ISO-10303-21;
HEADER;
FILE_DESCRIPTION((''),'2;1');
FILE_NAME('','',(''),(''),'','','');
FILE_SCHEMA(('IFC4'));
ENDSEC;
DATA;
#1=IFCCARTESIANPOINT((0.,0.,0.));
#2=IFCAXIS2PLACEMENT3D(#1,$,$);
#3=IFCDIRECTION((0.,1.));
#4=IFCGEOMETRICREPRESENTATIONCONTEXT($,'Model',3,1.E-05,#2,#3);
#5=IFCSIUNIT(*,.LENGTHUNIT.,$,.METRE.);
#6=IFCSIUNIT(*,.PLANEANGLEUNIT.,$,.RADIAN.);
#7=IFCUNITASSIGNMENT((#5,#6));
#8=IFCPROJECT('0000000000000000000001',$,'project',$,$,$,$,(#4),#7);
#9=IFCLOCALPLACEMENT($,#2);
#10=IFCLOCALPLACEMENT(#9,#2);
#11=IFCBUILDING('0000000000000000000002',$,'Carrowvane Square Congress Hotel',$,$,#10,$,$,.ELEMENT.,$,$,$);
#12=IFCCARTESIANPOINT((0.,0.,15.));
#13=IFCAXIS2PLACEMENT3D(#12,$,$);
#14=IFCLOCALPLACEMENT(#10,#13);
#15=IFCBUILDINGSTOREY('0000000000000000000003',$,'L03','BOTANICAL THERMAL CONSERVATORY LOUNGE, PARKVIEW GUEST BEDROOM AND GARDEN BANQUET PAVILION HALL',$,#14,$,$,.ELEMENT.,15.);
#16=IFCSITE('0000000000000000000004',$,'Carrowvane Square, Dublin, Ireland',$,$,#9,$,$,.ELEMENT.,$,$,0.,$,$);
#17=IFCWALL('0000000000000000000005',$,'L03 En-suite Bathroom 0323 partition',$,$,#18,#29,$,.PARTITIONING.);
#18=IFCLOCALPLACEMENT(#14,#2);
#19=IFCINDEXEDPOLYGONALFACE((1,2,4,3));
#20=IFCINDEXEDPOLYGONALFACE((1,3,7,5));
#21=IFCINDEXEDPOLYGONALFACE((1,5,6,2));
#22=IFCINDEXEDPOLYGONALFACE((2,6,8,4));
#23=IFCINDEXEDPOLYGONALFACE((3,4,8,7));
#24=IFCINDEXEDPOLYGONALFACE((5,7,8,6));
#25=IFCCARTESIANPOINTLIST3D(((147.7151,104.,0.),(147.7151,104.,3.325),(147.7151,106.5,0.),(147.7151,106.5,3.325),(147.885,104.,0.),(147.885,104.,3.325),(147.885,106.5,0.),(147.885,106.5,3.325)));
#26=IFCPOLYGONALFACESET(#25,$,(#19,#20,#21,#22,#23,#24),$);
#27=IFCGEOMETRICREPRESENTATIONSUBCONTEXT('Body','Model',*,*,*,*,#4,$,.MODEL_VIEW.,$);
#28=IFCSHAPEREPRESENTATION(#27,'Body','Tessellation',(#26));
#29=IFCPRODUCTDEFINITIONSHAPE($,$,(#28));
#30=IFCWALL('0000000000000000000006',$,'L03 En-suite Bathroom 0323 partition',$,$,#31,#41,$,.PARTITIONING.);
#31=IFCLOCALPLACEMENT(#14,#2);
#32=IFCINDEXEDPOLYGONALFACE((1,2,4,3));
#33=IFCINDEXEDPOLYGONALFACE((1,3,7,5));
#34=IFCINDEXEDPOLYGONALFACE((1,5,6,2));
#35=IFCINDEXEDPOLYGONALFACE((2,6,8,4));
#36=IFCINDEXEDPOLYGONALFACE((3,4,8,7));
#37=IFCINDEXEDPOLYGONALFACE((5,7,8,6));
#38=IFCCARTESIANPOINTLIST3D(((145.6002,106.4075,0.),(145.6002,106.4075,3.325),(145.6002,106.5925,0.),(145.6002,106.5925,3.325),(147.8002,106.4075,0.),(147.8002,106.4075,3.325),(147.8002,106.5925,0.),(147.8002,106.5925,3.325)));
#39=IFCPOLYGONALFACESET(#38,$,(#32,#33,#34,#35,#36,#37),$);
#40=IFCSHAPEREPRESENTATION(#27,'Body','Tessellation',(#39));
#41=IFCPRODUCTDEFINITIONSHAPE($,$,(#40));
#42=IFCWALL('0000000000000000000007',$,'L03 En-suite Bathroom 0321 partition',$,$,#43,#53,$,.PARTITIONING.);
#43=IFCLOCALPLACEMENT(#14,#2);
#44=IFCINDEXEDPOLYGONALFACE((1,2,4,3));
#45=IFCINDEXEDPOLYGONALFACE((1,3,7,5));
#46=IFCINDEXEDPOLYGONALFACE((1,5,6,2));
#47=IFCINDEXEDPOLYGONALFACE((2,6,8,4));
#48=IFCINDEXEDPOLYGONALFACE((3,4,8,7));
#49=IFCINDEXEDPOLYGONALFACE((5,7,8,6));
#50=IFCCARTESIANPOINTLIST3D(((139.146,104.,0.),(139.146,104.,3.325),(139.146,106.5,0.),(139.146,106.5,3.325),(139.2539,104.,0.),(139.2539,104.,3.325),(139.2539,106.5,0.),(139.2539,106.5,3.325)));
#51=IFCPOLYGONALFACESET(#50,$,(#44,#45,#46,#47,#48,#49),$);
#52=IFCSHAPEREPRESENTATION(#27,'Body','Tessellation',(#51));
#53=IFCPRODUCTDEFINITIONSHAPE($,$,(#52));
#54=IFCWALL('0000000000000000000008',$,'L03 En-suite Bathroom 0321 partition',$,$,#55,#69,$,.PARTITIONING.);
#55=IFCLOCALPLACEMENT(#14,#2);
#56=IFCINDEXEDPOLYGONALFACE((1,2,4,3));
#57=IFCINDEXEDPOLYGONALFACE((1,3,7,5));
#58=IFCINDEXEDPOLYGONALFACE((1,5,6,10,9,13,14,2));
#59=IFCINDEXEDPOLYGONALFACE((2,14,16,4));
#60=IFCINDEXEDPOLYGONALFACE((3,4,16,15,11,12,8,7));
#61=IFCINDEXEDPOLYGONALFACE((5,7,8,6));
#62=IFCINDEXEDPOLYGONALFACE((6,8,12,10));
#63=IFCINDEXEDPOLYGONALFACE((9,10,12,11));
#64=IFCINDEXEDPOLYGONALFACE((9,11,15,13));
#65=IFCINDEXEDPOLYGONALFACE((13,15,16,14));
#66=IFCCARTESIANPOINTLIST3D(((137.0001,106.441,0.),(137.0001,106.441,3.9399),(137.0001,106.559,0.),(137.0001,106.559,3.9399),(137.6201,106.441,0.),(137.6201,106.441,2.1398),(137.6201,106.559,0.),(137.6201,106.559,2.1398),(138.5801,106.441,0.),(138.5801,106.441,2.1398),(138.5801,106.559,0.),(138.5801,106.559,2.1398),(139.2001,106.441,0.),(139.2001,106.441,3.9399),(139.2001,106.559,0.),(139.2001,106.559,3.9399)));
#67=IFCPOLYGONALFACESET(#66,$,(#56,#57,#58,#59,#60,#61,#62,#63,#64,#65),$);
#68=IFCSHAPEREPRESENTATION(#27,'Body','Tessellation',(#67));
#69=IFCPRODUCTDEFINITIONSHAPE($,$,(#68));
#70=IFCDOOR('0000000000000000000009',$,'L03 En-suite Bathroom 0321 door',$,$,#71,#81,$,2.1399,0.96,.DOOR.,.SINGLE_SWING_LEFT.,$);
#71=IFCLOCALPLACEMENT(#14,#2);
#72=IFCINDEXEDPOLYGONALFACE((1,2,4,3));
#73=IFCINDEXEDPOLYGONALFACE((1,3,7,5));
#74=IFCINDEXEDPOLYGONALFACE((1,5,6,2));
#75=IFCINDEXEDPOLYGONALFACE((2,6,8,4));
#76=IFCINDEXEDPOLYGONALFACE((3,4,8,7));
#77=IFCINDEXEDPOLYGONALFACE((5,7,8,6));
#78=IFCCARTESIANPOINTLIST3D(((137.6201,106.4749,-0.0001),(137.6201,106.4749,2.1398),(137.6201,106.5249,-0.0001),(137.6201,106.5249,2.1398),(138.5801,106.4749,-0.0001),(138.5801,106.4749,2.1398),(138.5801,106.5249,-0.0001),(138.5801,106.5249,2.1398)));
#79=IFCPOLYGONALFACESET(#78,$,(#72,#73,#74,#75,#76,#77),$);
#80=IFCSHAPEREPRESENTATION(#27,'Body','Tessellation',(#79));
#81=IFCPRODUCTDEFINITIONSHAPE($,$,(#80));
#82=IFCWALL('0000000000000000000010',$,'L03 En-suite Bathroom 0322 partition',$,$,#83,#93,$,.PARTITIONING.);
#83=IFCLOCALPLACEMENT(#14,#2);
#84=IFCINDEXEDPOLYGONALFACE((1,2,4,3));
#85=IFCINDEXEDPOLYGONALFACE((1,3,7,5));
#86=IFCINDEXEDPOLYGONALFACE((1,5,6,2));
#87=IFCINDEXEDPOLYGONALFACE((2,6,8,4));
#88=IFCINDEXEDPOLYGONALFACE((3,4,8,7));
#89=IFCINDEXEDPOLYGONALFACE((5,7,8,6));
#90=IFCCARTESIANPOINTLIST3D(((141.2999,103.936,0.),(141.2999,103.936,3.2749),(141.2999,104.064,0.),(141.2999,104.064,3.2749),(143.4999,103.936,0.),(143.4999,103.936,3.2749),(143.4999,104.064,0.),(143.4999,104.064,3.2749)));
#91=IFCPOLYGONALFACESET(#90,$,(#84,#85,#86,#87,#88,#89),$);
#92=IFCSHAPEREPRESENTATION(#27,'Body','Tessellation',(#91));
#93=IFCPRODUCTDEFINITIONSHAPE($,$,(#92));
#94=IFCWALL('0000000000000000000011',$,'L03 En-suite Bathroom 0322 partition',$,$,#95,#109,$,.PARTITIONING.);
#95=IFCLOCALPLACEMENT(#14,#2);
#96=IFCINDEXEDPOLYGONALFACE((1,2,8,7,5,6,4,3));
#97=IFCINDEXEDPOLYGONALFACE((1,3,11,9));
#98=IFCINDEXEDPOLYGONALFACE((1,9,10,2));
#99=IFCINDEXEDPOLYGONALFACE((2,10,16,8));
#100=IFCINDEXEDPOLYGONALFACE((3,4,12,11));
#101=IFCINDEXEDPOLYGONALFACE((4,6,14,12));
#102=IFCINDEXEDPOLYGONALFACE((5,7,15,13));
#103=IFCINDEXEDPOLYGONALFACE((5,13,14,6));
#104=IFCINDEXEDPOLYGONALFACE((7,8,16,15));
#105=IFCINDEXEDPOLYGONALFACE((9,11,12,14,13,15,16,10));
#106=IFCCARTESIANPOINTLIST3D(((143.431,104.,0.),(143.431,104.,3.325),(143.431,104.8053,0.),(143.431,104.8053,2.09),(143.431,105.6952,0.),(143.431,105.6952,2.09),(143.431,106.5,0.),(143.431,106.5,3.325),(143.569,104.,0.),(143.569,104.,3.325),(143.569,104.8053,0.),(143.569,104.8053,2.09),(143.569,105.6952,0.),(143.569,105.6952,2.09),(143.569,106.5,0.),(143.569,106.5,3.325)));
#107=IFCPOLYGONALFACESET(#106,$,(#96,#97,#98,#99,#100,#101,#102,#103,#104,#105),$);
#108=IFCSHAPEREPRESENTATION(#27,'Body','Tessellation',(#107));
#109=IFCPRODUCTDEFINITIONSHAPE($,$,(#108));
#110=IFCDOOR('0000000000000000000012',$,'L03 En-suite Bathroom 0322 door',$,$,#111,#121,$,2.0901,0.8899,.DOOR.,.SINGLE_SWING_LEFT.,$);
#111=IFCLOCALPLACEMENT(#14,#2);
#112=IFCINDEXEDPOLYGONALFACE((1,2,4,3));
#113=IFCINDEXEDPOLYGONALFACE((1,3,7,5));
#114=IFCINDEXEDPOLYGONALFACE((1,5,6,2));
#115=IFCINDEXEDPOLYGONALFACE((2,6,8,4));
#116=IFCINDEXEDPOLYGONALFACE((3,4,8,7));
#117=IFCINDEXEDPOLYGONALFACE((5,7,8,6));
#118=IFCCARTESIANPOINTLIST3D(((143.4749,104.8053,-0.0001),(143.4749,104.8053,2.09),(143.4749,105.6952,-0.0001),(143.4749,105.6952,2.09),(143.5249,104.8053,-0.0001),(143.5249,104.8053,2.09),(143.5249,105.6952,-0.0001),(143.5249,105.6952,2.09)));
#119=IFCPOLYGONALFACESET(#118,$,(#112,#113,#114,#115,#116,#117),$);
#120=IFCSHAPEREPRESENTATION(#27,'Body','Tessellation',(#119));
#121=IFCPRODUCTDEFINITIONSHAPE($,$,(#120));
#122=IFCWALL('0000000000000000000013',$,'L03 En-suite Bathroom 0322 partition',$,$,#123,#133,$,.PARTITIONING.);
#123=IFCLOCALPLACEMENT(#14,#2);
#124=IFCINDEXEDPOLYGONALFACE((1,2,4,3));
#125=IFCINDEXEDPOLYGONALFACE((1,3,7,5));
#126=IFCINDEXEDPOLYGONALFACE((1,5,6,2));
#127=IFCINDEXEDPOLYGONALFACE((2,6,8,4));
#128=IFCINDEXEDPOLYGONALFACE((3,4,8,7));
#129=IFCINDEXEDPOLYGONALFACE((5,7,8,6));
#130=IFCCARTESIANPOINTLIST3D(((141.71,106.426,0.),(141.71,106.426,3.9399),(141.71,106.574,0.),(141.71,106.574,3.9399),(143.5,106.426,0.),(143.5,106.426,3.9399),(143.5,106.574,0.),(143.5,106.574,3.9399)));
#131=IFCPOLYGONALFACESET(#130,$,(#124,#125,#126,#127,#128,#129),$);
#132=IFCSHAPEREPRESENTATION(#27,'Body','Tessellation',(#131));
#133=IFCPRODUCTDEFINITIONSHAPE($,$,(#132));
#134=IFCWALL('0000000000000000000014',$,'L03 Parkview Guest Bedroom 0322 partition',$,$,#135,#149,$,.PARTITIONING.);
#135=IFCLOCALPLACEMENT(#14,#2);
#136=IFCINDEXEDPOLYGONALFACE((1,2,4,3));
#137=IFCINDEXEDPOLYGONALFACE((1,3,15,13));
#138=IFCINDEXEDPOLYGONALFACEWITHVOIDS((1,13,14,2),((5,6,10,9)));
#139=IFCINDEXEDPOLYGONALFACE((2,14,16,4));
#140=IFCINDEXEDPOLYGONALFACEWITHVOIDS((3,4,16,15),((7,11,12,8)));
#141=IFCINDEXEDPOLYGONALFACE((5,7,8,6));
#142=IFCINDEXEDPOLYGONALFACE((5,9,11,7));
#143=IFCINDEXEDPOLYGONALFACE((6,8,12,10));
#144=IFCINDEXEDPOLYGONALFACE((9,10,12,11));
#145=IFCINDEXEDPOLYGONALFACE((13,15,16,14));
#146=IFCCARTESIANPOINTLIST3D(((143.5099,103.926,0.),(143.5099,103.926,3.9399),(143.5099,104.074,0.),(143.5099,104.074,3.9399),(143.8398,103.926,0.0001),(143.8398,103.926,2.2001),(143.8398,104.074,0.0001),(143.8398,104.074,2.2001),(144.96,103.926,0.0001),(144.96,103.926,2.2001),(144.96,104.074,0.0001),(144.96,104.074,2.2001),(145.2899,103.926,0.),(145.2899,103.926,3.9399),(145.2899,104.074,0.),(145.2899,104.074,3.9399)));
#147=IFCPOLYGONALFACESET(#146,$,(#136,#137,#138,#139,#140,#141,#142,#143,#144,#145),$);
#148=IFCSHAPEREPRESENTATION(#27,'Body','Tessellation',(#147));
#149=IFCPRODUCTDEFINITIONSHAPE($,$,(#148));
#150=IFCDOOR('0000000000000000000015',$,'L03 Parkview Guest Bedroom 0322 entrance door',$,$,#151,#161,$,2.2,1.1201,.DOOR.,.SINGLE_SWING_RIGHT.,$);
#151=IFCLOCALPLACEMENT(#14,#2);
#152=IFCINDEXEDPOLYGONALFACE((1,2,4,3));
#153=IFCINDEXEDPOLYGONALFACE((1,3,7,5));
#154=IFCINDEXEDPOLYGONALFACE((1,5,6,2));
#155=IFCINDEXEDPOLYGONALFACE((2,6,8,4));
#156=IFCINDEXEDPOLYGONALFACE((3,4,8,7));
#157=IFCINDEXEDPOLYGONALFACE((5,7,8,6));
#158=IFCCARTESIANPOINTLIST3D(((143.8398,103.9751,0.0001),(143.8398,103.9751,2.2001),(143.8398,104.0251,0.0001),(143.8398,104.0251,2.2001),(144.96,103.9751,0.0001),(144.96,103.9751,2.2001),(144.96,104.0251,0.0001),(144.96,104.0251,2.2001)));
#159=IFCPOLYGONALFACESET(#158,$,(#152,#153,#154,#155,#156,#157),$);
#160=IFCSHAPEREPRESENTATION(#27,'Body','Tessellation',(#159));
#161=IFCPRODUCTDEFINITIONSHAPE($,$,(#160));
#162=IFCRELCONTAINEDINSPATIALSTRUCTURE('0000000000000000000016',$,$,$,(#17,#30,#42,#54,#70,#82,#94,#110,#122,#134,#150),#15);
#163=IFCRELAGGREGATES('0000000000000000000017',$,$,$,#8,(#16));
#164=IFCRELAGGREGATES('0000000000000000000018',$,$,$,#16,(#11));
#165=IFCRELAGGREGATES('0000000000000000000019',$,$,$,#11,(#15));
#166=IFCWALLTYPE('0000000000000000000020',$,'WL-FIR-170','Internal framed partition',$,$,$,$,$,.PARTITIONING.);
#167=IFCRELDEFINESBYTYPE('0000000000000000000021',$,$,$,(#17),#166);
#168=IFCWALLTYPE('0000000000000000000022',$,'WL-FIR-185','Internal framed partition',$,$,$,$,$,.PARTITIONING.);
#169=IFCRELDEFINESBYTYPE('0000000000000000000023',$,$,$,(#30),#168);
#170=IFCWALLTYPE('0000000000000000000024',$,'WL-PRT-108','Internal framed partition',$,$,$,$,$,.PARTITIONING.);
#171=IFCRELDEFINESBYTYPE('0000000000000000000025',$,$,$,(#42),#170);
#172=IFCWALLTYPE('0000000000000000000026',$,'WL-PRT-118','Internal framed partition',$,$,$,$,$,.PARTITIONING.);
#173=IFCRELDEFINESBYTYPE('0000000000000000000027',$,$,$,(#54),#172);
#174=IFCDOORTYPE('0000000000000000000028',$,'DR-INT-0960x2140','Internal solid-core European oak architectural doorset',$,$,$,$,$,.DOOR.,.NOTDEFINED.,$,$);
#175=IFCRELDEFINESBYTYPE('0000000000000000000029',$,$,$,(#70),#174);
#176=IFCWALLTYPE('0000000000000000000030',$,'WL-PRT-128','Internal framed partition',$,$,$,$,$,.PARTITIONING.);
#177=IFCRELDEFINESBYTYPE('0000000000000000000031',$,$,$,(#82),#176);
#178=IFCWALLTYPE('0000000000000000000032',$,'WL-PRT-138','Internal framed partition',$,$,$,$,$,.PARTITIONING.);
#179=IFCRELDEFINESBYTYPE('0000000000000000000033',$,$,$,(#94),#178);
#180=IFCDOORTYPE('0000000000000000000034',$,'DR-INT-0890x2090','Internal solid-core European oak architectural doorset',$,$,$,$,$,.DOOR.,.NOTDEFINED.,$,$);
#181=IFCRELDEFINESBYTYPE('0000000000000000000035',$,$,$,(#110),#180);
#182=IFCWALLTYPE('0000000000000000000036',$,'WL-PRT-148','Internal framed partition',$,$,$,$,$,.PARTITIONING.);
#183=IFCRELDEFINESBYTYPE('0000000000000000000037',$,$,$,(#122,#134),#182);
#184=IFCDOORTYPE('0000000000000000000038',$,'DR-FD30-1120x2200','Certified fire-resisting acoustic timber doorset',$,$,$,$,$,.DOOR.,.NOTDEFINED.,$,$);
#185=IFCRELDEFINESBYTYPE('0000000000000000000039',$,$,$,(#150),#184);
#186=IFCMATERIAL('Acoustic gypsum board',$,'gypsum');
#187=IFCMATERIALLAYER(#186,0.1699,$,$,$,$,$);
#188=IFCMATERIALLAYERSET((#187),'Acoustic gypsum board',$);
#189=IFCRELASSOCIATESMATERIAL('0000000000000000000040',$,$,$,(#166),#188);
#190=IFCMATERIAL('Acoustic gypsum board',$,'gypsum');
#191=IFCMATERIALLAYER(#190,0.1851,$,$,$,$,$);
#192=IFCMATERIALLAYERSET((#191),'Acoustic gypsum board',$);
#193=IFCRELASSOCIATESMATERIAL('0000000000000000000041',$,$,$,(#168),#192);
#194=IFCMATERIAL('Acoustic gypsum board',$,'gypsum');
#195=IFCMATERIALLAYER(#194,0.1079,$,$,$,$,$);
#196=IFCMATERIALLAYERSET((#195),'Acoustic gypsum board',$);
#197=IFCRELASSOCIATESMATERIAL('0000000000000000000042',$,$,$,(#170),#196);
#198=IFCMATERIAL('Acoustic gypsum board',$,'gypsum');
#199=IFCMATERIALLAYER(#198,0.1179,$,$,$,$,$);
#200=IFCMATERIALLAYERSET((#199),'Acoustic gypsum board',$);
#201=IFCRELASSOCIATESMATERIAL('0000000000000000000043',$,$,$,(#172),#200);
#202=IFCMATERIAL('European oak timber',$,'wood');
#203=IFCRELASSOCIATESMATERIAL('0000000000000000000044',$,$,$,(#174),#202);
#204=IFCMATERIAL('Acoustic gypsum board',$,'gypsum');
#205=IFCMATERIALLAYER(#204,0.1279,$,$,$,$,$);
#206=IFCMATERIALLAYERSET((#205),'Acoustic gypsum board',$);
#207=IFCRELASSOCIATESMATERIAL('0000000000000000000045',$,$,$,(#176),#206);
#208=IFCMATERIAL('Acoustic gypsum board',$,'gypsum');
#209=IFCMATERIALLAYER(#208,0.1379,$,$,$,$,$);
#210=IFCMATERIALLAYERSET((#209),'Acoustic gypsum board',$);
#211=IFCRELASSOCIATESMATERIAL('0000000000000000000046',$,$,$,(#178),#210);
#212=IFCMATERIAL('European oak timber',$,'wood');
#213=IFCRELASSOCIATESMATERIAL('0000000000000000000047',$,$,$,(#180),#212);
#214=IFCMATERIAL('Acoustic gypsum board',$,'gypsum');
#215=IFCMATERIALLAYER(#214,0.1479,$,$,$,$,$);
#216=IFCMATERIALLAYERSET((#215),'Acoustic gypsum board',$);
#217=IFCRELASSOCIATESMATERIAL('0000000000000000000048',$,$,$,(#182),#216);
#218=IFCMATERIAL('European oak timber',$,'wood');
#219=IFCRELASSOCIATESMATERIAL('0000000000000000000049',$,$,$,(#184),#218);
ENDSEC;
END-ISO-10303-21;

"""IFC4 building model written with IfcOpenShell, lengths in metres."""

from ifc_helpers import new_model, si_unit, direction, frame, frame_2d, origin, place, context, subcontext, project, spatial, rectangle, extrude, material, layer, layer_set, type_object, element, fill, save


model = new_model("IFC4")

# Units and contexts
model_context = context("Model", 3, precision=1e-05, world=origin(), true_north=direction((0.0, 1.0)))
body_context = subcontext(model_context, "Body", "Model", "MODEL_VIEW")
ifc_project = project(units=[si_unit("LENGTHUNIT", "METRE"), si_unit("PLANEANGLEUNIT", "RADIAN")], contexts=[model_context])

# Site, building, storey
site_placement = place(None, origin())
site = spatial("IfcSite", under=ifc_project, at=site_placement, Name="Carrowvane Square, Dublin, Ireland", CompositionType="ELEMENT", RefElevation=0.0)
building_placement = place(site_placement, origin())
building = spatial("IfcBuilding", under=site, at=building_placement, Name="Carrowvane Square Congress Hotel", CompositionType="ELEMENT")
storey_placement = place(building_placement, frame((0.0, 0.0, 15.0)))
storey = spatial("IfcBuildingStorey", under=building, at=storey_placement, Name="L03", Description="BOTANICAL THERMAL CONSERVATORY LOUNGE, PARKVIEW GUEST BEDROOM AND GARDEN BANQUET PAVILION HALL", CompositionType="ELEMENT", Elevation=15.0)

# Walls
ifc_material_1 = material(Name="Acoustic gypsum board", Category="gypsum")
ifc_layer_1 = layer(ifc_material_1, 0.1699)
ifc_layer_set_1 = layer_set([ifc_layer_1], Name="Acoustic gypsum board")
wall_type_1 = type_object("IfcWallType", Name="WL-FIR-170", Description="Internal framed partition", PredefinedType="PARTITIONING", material=ifc_layer_set_1)
for number, where, z_axis, x_axis, name in (
    (1, (147.8, 106.5, 0.0), (0.0, 0.0, 1.0), (0.0, -1.0, 0.0), "L03 En-suite Bathroom 0323 partition"),
):
    element("IfcWall", number, at=place(storey_placement, frame(where, z_axis=z_axis, x_axis=x_axis)), inside=storey, type_object=wall_type_1, Name=name, PredefinedType="PARTITIONING", context=body_context, shape_type="SweptSolid", body=[
        extrude(rectangle(XDim=2.5, YDim=0.1699, at=frame_2d((1.25, 0.0))), origin(), (0.0, 0.0, 1.0), 3.325),
    ])
ifc_material_2 = material(Name="Acoustic gypsum board", Category="gypsum")
ifc_layer_2 = layer(ifc_material_2, 0.1851)
ifc_layer_set_2 = layer_set([ifc_layer_2], Name="Acoustic gypsum board")
wall_type_2 = type_object("IfcWallType", Name="WL-FIR-185", Description="Internal framed partition", PredefinedType="PARTITIONING", material=ifc_layer_set_2)
wall_1_placement = place(storey_placement, frame((145.6001, 106.5, 0.0), z_axis=(0.0, 0.0, 1.0), x_axis=(1.0, 0.0, 0.0)))
element("IfcWall", 2, at=wall_1_placement, inside=storey, type_object=wall_type_2, Name="L03 En-suite Bathroom 0323 partition", PredefinedType="PARTITIONING", context=body_context, shape_type="SweptSolid", body=[
    extrude(rectangle(XDim=2.2, YDim=0.1851, at=frame_2d((1.1001, 0.0))), origin(), (0.0, 0.0, 1.0), 3.325),
])
ifc_material_3 = material(Name="Acoustic gypsum board", Category="gypsum")
ifc_layer_3 = layer(ifc_material_3, 0.1079)
ifc_layer_set_3 = layer_set([ifc_layer_3], Name="Acoustic gypsum board")
wall_type_3 = type_object("IfcWallType", Name="WL-PRT-108", Description="Internal framed partition", PredefinedType="PARTITIONING", material=ifc_layer_set_3)
wall_2_placement = place(storey_placement, frame((139.2, 106.5, 0.0), z_axis=(0.0, 0.0, 1.0), x_axis=(0.0, -1.0, 0.0)))
element("IfcWall", 3, at=wall_2_placement, inside=storey, type_object=wall_type_3, Name="L03 En-suite Bathroom 0321 partition", PredefinedType="PARTITIONING", context=body_context, shape_type="SweptSolid", body=[
    extrude(rectangle(XDim=2.5, YDim=0.1079, at=frame_2d((1.25, 0.0))), origin(), (0.0, 0.0, 1.0), 3.325),
])

# Wall, opening, door
ifc_material_4 = material(Name="Acoustic gypsum board", Category="gypsum")
ifc_layer_4 = layer(ifc_material_4, 0.1179)
ifc_layer_set_4 = layer_set([ifc_layer_4], Name="Acoustic gypsum board")
wall_type_4 = type_object("IfcWallType", Name="WL-PRT-118", Description="Internal framed partition", PredefinedType="PARTITIONING", material=ifc_layer_set_4)
wall_3_placement = place(storey_placement, frame((137.0, 106.5, 0.0), z_axis=(0.0, 0.0, 1.0), x_axis=(1.0, 0.0, 0.0)))
wall_3 = element("IfcWall", 4, at=wall_3_placement, inside=storey, type_object=wall_type_4, Name="L03 En-suite Bathroom 0321 partition", PredefinedType="PARTITIONING", context=body_context, shape_type="SweptSolid", body=[
    extrude(rectangle(XDim=2.2, YDim=0.1179, at=frame_2d((1.1001, 0.0))), origin(), (0.0, 0.0, 1.0), 3.9399),
])
opening_1_placement = place(wall_3_placement, frame((0.6201, 0.0, 0.0)))
opening_1 = element("IfcOpeningElement", 5, at=opening_1_placement, cuts=wall_3, PredefinedType="OPENING", context=body_context, shape_type="SweptSolid", body=[
    extrude(rectangle(XDim=0.96, YDim=2.1399, at=frame_2d((0.48, 1.0698))), frame((0.0, 0.0688, 0.0), z_axis=(0.0, -1.0, 0.0), x_axis=(1.0, 0.0, 0.0)), (0.0, 0.0, 1.0), 0.1379),
])
ifc_material_5 = material(Name="European oak timber", Category="wood")
door_type_1 = type_object("IfcDoorType", Name="DR-INT-0960x2140", Description="Internal solid-core European oak architectural doorset", OperationType="NOTDEFINED", PredefinedType="DOOR", material=ifc_material_5)
door_1_placement = place(opening_1_placement, origin())
door_1 = element("IfcDoor", 6, at=door_1_placement, inside=storey, type_object=door_type_1, Name="L03 En-suite Bathroom 0321 door", OperationType="SINGLE_SWING_LEFT", OverallHeight=2.1399, OverallWidth=0.96, PredefinedType="DOOR", context=body_context, shape_type="SweptSolid", body=[
    extrude(rectangle(XDim=0.96, YDim=2.1399, at=frame_2d((0.48, 1.0698))), frame((0.0, 0.0249, 0.0), z_axis=(0.0, -1.0, 0.0), x_axis=(1.0, 0.0, 0.0)), (0.0, 0.0, 1.0), 0.05),
])
fill(opening_1, door_1)

# Wall
ifc_material_6 = material(Name="Acoustic gypsum board", Category="gypsum")
ifc_layer_5 = layer(ifc_material_6, 0.1279)
ifc_layer_set_5 = layer_set([ifc_layer_5], Name="Acoustic gypsum board")
wall_type_5 = type_object("IfcWallType", Name="WL-PRT-128", Description="Internal framed partition", PredefinedType="PARTITIONING", material=ifc_layer_set_5)
wall_4_placement = place(storey_placement, frame((143.5, 104.0, 0.0), z_axis=(0.0, 0.0, 1.0), x_axis=(-1.0, 0.0, 0.0)))
element("IfcWall", 7, at=wall_4_placement, inside=storey, type_object=wall_type_5, Name="L03 En-suite Bathroom 0322 partition", PredefinedType="PARTITIONING", context=body_context, shape_type="SweptSolid", body=[
    extrude(rectangle(XDim=2.2, YDim=0.1279, at=frame_2d((1.1001, 0.0))), origin(), (0.0, 0.0, 1.0), 3.2749),
])

# Wall, opening, door
ifc_material_7 = material(Name="Acoustic gypsum board", Category="gypsum")
ifc_layer_6 = layer(ifc_material_7, 0.1379)
ifc_layer_set_6 = layer_set([ifc_layer_6], Name="Acoustic gypsum board")
wall_type_6 = type_object("IfcWallType", Name="WL-PRT-138", Description="Internal framed partition", PredefinedType="PARTITIONING", material=ifc_layer_set_6)
wall_5_placement = place(storey_placement, frame((143.5, 106.5, 0.0), z_axis=(0.0, 0.0, 1.0), x_axis=(0.0, -1.0, 0.0)))
wall_5 = element("IfcWall", 8, at=wall_5_placement, inside=storey, type_object=wall_type_6, Name="L03 En-suite Bathroom 0322 partition", PredefinedType="PARTITIONING", context=body_context, shape_type="SweptSolid", body=[
    extrude(rectangle(XDim=2.5, YDim=0.1379, at=frame_2d((1.25, 0.0))), origin(), (0.0, 0.0, 1.0), 3.325),
])
opening_2_placement = place(wall_5_placement, frame((0.8049, 0.0, 0.0)))
opening_2 = element("IfcOpeningElement", 9, at=opening_2_placement, cuts=wall_5, PredefinedType="OPENING", context=body_context, shape_type="SweptSolid", body=[
    extrude(rectangle(XDim=0.8899, YDim=2.0901, at=frame_2d((0.4448, 1.0449))), frame((0.0, 0.0789, 0.0), z_axis=(0.0, -1.0, 0.0), x_axis=(1.0, 0.0, 0.0)), (0.0, 0.0, 1.0), 0.158),
])
ifc_material_8 = material(Name="European oak timber", Category="wood")
door_type_2 = type_object("IfcDoorType", Name="DR-INT-0890x2090", Description="Internal solid-core European oak architectural doorset", OperationType="NOTDEFINED", PredefinedType="DOOR", material=ifc_material_8)
door_2_placement = place(opening_2_placement, origin())
door_2 = element("IfcDoor", 10, at=door_2_placement, inside=storey, type_object=door_type_2, Name="L03 En-suite Bathroom 0322 door", OperationType="SINGLE_SWING_LEFT", OverallHeight=2.0901, OverallWidth=0.8899, PredefinedType="DOOR", context=body_context, shape_type="SweptSolid", body=[
    extrude(rectangle(XDim=0.8899, YDim=2.0901, at=frame_2d((0.4448, 1.0449))), frame((0.0, 0.0249, 0.0), z_axis=(0.0, -1.0, 0.0), x_axis=(1.0, 0.0, 0.0)), (0.0, 0.0, 1.0), 0.05),
])
fill(opening_2, door_2)

# Wall
ifc_material_9 = material(Name="Acoustic gypsum board", Category="gypsum")
ifc_layer_7 = layer(ifc_material_9, 0.1479)
ifc_layer_set_7 = layer_set([ifc_layer_7], Name="Acoustic gypsum board")
wall_type_7 = type_object("IfcWallType", Name="WL-PRT-148", Description="Internal framed partition", PredefinedType="PARTITIONING", material=ifc_layer_set_7)
wall_6_placement = place(storey_placement, frame((141.71, 106.5, 0.0), z_axis=(0.0, 0.0, 1.0), x_axis=(1.0, 0.0, 0.0)))
element("IfcWall", 11, at=wall_6_placement, inside=storey, type_object=wall_type_7, Name="L03 En-suite Bathroom 0322 partition", PredefinedType="PARTITIONING", context=body_context, shape_type="SweptSolid", body=[
    extrude(rectangle(XDim=1.79, YDim=0.1479, at=frame_2d((0.895, 0.0))), origin(), (0.0, 0.0, 1.0), 3.9399),
])

# Wall, opening, door
wall_7_placement = place(storey_placement, frame((145.29, 104.0, 0.0), z_axis=(0.0, 0.0, 1.0), x_axis=(-1.0, 0.0, 0.0)))
wall_7 = element("IfcWall", 12, at=wall_7_placement, inside=storey, type_object=wall_type_7, Name="L03 Parkview Guest Bedroom 0322 partition", PredefinedType="PARTITIONING", context=body_context, shape_type="SweptSolid", body=[
    extrude(rectangle(XDim=1.78, YDim=0.1479, at=frame_2d((0.8901, 0.0))), origin(), (0.0, 0.0, 1.0), 3.9399),
])
opening_3_placement = place(wall_7_placement, frame((0.3301, 0.0, 0.0)))
opening_3 = element("IfcOpeningElement", 13, at=opening_3_placement, cuts=wall_7, PredefinedType="OPENING", context=body_context, shape_type="SweptSolid", body=[
    extrude(rectangle(XDim=1.1201, YDim=2.2, at=frame_2d((0.5601, 1.1001))), frame((0.0, 0.084, 0.0), z_axis=(0.0, -1.0, 0.0), x_axis=(1.0, 0.0, 0.0)), (0.0, 0.0, 1.0), 0.168),
])
ifc_material_10 = material(Name="European oak timber", Category="wood")
door_type_3 = type_object("IfcDoorType", Name="DR-FD30-1120x2200", Description="Certified fire-resisting acoustic timber doorset", OperationType="NOTDEFINED", PredefinedType="DOOR", material=ifc_material_10)
door_3_placement = place(opening_3_placement, origin())
door_3 = element("IfcDoor", 14, at=door_3_placement, inside=storey, type_object=door_type_3, Name="L03 Parkview Guest Bedroom 0322 entrance door", OperationType="SINGLE_SWING_RIGHT", OverallHeight=2.2, OverallWidth=1.1201, PredefinedType="DOOR", context=body_context, shape_type="SweptSolid", body=[
    extrude(rectangle(XDim=1.1201, YDim=2.2, at=frame_2d((0.5601, 1.1001))), frame((0.0, 0.0249, 0.0), z_axis=(0.0, -1.0, 0.0), x_axis=(1.0, 0.0, 0.0)), (0.0, 0.0, 1.0), 0.05),
])
fill(opening_3, door_3)

save(model, "model.ifc")
